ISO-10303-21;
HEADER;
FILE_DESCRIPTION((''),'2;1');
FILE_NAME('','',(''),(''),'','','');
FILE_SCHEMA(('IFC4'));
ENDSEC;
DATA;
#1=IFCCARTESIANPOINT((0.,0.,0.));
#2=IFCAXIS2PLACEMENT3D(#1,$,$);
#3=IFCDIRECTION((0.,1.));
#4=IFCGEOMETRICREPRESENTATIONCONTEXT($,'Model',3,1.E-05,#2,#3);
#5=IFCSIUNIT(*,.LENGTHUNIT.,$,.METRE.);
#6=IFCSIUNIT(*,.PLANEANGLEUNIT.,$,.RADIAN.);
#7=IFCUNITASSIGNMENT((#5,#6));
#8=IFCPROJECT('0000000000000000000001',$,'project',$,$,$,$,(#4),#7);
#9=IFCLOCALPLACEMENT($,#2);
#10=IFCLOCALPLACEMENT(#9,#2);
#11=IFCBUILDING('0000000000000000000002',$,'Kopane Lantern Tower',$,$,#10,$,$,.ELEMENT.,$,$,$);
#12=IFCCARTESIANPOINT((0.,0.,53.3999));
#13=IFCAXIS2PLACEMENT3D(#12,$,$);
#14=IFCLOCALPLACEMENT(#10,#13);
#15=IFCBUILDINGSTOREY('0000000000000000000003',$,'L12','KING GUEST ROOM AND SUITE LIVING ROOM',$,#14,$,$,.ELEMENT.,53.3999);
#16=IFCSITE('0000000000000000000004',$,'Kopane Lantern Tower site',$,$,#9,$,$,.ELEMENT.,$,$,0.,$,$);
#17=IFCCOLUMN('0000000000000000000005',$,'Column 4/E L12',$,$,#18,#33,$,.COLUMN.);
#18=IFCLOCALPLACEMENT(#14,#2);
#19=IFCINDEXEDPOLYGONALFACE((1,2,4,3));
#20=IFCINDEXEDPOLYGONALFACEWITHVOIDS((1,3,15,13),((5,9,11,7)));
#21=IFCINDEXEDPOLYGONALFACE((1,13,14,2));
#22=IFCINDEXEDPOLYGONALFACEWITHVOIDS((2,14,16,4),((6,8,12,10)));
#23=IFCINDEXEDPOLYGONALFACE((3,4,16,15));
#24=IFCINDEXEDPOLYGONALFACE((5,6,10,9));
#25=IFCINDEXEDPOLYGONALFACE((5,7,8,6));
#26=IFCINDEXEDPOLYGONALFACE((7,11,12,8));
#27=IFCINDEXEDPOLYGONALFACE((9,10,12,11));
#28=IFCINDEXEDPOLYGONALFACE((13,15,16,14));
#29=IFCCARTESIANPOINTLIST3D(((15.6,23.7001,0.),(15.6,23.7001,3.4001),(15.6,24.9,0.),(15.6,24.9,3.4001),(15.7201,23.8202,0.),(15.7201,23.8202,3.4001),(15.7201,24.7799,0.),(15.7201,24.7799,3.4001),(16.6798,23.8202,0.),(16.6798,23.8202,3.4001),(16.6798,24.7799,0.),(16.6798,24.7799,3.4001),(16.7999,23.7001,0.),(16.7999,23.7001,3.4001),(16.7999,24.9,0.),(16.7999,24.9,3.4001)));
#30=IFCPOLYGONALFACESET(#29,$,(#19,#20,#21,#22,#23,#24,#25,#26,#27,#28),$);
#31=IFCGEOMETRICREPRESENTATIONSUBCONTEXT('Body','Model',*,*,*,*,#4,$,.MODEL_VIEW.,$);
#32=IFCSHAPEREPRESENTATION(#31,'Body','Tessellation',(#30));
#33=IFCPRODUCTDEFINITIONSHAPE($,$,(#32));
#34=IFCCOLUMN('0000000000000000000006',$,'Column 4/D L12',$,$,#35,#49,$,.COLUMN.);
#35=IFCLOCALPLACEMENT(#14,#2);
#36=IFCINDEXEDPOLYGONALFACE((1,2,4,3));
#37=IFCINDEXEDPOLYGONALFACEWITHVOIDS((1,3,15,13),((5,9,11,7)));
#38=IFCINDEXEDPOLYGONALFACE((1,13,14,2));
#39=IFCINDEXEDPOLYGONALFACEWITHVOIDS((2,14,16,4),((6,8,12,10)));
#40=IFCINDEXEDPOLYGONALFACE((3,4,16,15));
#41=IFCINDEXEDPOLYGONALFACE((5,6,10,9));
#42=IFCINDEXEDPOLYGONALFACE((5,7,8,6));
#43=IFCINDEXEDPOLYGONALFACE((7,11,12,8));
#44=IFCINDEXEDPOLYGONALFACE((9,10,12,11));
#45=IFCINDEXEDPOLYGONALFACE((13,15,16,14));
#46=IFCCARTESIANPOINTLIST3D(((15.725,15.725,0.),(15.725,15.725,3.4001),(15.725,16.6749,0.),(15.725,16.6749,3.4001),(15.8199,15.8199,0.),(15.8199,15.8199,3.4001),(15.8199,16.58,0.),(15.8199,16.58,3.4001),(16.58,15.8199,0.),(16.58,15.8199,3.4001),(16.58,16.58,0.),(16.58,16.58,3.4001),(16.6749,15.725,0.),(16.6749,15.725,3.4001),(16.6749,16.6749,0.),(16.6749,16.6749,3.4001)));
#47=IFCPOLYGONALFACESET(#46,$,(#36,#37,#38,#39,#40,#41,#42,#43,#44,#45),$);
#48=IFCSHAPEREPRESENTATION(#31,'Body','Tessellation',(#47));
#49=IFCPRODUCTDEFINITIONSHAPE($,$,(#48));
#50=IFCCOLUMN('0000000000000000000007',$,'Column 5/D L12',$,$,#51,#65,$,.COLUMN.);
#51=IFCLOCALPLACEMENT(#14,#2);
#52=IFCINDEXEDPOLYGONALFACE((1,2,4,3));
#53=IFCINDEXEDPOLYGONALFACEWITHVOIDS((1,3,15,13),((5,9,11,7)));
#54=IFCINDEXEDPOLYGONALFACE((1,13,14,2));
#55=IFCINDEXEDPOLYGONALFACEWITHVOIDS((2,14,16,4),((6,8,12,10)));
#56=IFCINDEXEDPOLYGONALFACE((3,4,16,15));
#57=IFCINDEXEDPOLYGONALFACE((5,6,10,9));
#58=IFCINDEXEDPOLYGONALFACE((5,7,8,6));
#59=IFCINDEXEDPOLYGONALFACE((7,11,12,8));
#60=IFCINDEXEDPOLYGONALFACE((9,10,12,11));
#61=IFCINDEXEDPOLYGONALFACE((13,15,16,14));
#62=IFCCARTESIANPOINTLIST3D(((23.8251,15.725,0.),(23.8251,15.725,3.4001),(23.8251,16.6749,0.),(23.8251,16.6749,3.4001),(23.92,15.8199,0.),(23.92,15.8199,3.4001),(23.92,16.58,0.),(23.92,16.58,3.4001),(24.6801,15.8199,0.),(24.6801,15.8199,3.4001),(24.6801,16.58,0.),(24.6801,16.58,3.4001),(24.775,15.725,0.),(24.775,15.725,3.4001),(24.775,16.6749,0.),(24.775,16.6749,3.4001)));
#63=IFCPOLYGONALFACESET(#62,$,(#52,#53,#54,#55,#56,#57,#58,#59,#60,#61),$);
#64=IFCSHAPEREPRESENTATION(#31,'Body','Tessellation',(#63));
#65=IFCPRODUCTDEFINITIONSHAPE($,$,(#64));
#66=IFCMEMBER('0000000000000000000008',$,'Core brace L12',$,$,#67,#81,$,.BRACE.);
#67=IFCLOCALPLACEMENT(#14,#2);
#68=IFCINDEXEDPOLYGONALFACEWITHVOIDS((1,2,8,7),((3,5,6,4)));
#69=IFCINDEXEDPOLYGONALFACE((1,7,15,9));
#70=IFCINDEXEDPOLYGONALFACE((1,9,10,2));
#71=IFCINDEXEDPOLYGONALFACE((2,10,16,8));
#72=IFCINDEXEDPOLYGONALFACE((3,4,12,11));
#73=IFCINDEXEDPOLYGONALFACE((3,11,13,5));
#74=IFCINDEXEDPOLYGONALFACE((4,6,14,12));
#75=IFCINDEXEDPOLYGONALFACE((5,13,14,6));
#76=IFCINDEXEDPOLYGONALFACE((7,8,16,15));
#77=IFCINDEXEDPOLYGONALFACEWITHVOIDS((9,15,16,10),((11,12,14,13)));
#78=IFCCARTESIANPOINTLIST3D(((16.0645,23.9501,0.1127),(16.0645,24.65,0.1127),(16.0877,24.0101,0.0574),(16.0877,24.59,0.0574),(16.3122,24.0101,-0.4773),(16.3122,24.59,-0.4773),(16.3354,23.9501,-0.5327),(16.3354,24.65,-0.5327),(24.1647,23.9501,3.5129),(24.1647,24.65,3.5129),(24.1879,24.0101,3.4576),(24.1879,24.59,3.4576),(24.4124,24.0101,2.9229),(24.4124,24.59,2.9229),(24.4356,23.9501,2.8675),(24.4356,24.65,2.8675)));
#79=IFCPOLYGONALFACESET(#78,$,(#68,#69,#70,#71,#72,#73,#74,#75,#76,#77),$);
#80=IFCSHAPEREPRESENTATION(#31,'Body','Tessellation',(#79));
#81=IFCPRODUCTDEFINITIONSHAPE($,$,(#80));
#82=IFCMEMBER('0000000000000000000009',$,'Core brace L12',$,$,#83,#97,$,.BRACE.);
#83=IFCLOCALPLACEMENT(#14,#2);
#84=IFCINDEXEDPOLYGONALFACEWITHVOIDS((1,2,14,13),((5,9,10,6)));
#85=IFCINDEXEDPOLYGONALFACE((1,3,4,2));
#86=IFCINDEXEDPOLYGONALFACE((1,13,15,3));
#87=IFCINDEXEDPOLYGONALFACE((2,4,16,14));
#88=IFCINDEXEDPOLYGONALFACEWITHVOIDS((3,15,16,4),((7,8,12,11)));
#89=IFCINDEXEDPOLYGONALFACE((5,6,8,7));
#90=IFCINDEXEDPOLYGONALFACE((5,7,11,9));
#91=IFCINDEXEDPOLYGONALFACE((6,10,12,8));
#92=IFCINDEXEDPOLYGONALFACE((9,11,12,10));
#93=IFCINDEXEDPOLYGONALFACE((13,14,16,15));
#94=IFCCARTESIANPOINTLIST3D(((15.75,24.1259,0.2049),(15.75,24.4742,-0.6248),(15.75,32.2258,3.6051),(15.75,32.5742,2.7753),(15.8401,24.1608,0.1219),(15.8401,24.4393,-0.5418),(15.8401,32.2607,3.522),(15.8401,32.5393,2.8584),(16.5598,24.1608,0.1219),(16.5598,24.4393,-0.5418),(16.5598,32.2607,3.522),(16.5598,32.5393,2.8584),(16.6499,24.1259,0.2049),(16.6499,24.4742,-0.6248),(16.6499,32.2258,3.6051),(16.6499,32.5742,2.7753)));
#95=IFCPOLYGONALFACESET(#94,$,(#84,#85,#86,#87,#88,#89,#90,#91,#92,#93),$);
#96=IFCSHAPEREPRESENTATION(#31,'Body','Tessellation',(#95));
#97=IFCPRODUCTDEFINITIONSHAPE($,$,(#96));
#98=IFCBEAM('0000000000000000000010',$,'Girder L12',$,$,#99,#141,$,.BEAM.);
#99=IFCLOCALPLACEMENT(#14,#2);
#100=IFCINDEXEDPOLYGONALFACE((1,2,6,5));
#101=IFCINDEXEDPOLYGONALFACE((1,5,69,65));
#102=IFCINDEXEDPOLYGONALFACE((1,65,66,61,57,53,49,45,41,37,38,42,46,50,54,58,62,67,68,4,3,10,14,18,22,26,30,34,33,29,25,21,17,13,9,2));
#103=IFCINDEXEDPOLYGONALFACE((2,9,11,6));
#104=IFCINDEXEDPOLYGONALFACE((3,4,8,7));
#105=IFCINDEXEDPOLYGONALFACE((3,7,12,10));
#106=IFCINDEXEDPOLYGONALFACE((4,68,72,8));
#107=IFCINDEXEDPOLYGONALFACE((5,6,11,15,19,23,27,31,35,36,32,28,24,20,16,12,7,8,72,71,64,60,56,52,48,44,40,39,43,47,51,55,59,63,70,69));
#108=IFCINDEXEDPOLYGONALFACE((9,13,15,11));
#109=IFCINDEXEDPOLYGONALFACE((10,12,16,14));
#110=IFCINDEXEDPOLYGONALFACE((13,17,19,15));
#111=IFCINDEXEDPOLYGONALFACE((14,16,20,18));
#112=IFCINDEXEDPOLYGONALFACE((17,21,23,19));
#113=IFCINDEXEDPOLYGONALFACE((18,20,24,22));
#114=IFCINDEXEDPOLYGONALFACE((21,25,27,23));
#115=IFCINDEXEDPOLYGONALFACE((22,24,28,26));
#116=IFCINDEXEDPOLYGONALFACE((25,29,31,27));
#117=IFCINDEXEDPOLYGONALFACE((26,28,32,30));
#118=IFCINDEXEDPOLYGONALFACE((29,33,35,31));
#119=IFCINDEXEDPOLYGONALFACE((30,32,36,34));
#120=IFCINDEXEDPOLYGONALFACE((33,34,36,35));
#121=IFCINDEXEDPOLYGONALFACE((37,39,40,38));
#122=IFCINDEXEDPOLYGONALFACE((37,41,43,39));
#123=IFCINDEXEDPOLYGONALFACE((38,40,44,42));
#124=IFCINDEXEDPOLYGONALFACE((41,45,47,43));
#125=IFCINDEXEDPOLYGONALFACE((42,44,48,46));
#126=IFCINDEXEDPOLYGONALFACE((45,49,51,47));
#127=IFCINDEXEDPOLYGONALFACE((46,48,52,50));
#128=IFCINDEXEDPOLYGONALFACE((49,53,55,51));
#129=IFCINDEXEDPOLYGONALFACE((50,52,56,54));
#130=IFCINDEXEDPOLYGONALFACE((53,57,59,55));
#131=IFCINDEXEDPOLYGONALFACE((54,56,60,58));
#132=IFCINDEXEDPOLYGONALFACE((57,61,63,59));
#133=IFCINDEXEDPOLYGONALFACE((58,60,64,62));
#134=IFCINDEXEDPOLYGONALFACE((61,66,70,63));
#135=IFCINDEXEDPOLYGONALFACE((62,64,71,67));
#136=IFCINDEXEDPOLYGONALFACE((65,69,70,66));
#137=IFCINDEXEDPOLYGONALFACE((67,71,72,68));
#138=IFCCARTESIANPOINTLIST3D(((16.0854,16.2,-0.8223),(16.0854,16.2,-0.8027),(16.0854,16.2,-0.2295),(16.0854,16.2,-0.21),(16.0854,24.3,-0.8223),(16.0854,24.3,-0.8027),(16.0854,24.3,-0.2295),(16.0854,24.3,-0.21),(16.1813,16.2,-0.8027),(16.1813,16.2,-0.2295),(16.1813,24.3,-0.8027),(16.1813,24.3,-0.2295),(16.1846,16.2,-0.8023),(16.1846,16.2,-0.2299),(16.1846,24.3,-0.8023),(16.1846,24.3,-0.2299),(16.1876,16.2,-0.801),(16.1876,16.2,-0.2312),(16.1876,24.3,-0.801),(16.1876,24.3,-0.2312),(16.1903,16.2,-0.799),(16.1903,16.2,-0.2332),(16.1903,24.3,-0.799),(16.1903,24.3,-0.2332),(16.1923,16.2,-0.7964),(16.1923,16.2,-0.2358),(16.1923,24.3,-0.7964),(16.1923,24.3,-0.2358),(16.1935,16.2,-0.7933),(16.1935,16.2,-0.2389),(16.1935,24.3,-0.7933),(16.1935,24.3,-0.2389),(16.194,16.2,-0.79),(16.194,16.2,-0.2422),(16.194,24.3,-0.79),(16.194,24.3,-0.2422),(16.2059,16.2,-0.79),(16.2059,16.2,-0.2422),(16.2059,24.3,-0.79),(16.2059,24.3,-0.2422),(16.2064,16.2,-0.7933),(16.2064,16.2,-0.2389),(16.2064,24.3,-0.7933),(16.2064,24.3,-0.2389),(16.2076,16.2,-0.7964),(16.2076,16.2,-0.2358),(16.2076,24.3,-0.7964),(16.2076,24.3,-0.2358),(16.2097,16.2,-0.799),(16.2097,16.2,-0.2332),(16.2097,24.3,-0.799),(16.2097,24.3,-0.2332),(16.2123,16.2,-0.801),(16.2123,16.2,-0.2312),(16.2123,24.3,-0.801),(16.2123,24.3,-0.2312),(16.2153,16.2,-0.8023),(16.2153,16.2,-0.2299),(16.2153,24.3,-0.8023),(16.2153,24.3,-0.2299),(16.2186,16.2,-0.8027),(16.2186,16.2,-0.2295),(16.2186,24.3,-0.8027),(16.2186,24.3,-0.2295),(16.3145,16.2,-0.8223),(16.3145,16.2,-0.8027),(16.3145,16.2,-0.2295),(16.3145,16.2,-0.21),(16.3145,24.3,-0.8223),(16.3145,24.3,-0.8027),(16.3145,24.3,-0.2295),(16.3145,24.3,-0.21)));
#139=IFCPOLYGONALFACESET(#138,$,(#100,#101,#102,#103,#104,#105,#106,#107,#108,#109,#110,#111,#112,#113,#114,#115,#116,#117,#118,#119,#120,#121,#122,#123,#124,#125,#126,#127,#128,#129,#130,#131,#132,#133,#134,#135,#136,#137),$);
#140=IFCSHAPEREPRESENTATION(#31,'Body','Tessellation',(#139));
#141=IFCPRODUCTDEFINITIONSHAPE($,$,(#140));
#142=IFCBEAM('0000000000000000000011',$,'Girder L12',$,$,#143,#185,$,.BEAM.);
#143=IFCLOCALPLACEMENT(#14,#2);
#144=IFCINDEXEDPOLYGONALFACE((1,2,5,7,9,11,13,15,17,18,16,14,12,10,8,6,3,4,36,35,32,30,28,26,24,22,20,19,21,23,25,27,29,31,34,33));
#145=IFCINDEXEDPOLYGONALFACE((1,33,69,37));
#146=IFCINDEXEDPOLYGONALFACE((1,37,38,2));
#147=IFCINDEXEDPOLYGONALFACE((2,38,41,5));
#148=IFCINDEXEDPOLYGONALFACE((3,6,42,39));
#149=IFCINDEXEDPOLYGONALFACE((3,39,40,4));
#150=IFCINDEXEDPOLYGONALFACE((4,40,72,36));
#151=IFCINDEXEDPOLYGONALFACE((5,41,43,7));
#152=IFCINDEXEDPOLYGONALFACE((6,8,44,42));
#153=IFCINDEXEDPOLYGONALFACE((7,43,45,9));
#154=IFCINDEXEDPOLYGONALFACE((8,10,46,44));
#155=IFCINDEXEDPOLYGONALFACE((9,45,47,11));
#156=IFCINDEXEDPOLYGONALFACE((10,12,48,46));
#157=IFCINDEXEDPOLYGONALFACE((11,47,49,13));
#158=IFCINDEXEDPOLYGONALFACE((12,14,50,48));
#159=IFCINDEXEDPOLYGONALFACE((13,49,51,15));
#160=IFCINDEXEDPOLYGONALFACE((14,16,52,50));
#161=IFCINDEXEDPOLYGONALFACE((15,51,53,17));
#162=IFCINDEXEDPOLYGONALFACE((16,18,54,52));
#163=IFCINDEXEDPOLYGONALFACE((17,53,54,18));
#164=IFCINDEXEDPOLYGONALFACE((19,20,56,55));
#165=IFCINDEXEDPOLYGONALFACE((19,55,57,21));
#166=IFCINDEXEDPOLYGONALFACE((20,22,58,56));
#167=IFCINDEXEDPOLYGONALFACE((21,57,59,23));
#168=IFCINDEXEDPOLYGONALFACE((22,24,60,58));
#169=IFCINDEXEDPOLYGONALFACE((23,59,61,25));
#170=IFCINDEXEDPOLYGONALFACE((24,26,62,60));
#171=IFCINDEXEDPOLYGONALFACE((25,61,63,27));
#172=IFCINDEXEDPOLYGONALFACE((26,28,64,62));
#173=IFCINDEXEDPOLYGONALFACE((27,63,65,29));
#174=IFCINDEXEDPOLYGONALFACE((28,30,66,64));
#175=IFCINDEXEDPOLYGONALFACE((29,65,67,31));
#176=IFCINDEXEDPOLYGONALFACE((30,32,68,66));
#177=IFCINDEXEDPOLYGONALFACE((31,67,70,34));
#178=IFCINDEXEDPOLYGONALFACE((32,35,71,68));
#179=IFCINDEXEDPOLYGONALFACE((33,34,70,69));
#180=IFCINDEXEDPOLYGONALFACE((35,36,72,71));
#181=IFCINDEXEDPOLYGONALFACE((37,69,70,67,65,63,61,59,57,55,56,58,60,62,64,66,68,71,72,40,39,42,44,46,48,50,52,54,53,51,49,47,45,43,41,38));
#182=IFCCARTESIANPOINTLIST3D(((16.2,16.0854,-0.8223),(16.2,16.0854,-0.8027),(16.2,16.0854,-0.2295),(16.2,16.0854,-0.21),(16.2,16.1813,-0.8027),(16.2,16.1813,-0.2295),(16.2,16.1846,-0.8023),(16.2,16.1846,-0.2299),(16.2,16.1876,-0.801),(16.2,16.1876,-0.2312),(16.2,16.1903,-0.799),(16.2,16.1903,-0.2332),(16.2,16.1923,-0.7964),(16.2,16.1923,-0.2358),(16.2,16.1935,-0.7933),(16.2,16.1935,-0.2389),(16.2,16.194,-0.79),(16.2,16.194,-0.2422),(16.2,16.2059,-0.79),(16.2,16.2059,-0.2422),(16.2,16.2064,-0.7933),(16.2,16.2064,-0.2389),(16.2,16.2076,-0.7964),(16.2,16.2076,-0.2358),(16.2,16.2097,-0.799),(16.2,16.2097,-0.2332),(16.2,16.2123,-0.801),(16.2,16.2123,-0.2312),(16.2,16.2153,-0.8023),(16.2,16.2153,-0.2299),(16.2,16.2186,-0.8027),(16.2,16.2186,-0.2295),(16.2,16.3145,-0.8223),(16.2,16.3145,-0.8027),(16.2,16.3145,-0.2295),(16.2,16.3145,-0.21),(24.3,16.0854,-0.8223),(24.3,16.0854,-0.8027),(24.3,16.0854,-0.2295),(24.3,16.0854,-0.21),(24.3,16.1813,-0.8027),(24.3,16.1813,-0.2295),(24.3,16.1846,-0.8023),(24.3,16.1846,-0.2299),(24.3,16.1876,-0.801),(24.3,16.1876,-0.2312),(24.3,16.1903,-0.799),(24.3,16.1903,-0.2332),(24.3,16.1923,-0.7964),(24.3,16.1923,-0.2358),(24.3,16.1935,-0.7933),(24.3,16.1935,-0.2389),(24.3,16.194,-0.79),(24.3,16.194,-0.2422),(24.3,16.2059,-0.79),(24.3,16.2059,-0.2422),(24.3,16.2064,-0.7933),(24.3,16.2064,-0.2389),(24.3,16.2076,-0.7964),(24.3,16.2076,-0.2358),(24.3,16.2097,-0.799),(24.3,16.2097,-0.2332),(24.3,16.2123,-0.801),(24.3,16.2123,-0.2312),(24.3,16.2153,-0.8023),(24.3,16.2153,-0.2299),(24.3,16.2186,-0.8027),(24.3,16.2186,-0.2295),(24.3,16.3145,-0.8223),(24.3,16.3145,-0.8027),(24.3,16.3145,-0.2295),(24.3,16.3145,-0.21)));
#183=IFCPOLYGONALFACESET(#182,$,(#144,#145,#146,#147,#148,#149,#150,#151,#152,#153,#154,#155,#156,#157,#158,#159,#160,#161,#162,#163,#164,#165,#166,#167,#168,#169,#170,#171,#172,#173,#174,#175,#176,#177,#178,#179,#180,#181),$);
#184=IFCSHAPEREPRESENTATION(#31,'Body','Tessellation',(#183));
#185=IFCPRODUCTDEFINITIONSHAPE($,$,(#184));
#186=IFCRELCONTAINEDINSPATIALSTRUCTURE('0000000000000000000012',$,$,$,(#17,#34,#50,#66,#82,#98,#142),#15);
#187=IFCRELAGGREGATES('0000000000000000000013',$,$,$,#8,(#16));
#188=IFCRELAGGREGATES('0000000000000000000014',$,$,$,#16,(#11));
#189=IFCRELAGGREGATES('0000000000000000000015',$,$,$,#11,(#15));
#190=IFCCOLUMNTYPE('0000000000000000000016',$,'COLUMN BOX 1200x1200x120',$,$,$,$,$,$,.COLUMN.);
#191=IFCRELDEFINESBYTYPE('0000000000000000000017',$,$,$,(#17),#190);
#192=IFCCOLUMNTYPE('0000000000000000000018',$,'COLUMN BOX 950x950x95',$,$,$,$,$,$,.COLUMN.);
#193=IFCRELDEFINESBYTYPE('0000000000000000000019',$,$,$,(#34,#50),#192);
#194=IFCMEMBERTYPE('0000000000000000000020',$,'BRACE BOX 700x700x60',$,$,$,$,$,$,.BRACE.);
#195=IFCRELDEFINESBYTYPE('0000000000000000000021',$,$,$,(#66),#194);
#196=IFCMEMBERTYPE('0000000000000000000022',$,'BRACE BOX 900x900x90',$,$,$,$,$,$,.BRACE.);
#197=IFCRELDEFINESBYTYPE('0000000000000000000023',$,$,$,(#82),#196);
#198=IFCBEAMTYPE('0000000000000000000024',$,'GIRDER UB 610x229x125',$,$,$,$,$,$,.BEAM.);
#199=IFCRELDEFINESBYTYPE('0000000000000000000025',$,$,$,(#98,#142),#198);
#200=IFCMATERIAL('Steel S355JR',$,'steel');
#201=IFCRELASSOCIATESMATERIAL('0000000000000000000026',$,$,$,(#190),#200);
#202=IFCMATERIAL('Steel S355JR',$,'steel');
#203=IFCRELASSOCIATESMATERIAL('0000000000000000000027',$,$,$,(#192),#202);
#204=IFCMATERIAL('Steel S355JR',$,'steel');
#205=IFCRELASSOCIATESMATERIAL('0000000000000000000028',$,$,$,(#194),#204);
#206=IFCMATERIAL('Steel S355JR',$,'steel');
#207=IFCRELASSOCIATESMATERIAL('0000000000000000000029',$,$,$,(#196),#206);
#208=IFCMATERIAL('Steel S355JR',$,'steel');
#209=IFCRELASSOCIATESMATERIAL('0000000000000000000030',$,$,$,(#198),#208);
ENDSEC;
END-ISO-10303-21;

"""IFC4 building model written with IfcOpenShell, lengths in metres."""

from ifc_helpers import new_model, si_unit, direction, frame, origin, origin_2d, place, context, subcontext, project, spatial, hollow_rectangle, i_section, extrude, material, material_profile, profile_set, type_object, element, save


model = new_model("IFC4")

# Units and contexts
model_context = context("Model", 3, precision=1e-05, world=origin(), true_north=direction((0.0, 1.0)))
body_context = subcontext(model_context, "Body", "Model", "MODEL_VIEW")
ifc_project = project(units=[si_unit("LENGTHUNIT", "METRE"), si_unit("PLANEANGLEUNIT", "RADIAN")], contexts=[model_context])

# Site, building, storey
site_placement = place(None, origin())
site = spatial("IfcSite", under=ifc_project, at=site_placement, Name="Kopane Lantern Tower site", CompositionType="ELEMENT", RefElevation=0.0)
building_placement = place(site_placement, origin())
building = spatial("IfcBuilding", under=site, at=building_placement, Name="Kopane Lantern Tower", CompositionType="ELEMENT")
storey_placement = place(building_placement, frame((0.0, 0.0, 53.3999)))
storey = spatial("IfcBuildingStorey", under=building, at=storey_placement, Name="L12", Description="KING GUEST ROOM AND SUITE LIVING ROOM", CompositionType="ELEMENT", Elevation=53.3999)

# Columns
ifc_material_1 = material(Name="Steel S355JR", Category="steel")
ifc_material_profile_1 = material_profile(ifc_material_1, hollow_rectangle(XDim=1.2, YDim=1.2, WallThickness=0.1201, at=origin_2d()), Name="BOX 1200x1200x120")
ifc_profile_set_1 = profile_set([ifc_material_profile_1], Name="Steel S355JR")
column_type_1 = type_object("IfcColumnType", Name="COLUMN BOX 1200x1200x120", PredefinedType="COLUMN", material=ifc_profile_set_1)
column_placement = place(storey_placement, frame((16.2, 24.3, 0.0), z_axis=(0.0, 0.0, 1.0), x_axis=(1.0, 0.0, 0.0)))
element("IfcColumn", 1, at=column_placement, inside=storey, type_object=column_type_1, Name="Column 4/E L12", PredefinedType="COLUMN", context=body_context, shape_type="SweptSolid", body=[
    extrude(hollow_rectangle(XDim=1.2, YDim=1.2, WallThickness=0.1201, at=origin_2d()), origin(), (0.0, 0.0, 1.0), 3.4001),
])
ifc_material_2 = material(Name="Steel S355JR", Category="steel")
ifc_material_profile_2 = material_profile(ifc_material_2, hollow_rectangle(XDim=0.95, YDim=0.95, WallThickness=0.095, at=origin_2d()), Name="BOX 950x950x95")
ifc_profile_set_2 = profile_set([ifc_material_profile_2], Name="Steel S355JR")
column_type_2 = type_object("IfcColumnType", Name="COLUMN BOX 950x950x95", PredefinedType="COLUMN", material=ifc_profile_set_2)
for number, where, z_axis, x_axis, name in (
    (2, (16.2, 16.2, 0.0), (0.0, 0.0, 1.0), (1.0, 0.0, 0.0), "Column 4/D L12"),
    (3, (24.3, 16.2, 0.0), (0.0, 0.0, 1.0), (1.0, 0.0, 0.0), "Column 5/D L12"),
):
    element("IfcColumn", number, at=place(storey_placement, frame(where, z_axis=z_axis, x_axis=x_axis)), inside=storey, type_object=column_type_2, Name=name, PredefinedType="COLUMN", context=body_context, shape_type="SweptSolid", body=[
        extrude(hollow_rectangle(XDim=0.95, YDim=0.95, WallThickness=0.095, at=origin_2d()), origin(), (0.0, 0.0, 1.0), 3.4001),
    ])

# Members
ifc_material_3 = material(Name="Steel S355JR", Category="steel")
ifc_material_profile_3 = material_profile(ifc_material_3, hollow_rectangle(XDim=0.7, YDim=0.7, WallThickness=0.0601, at=origin_2d()), Name="BOX 700x700x60")
ifc_profile_set_3 = profile_set([ifc_material_profile_3], Name="Steel S355JR")
member_type_1 = type_object("IfcMemberType", Name="BRACE BOX 700x700x60", PredefinedType="BRACE", material=ifc_profile_set_3)
member_1_placement = place(storey_placement, frame((16.2, 24.3, -0.21), z_axis=(0.922059, 0.0, 0.387049), x_axis=(0.0, 1.0, 0.0)))
element("IfcMember", 4, at=member_1_placement, inside=storey, type_object=member_type_1, Name="Core brace L12", PredefinedType="BRACE", context=body_context, shape_type="SweptSolid", body=[
    extrude(hollow_rectangle(XDim=0.7, YDim=0.7, WallThickness=0.0601, at=origin_2d()), origin(), (0.0, 0.0, 1.0), 8.7849),
])
ifc_material_4 = material(Name="Steel S355JR", Category="steel")
ifc_material_profile_4 = material_profile(ifc_material_4, hollow_rectangle(XDim=0.8999, YDim=0.8999, WallThickness=0.0901, at=origin_2d()), Name="BOX 900x900x90")
ifc_profile_set_4 = profile_set([ifc_material_profile_4], Name="Steel S355JR")
member_type_2 = type_object("IfcMemberType", Name="BRACE BOX 900x900x90", PredefinedType="BRACE", material=ifc_profile_set_4)
member_2_placement = place(storey_placement, frame((16.2, 24.3, -0.21), z_axis=(0.0, 0.922055, 0.387059), x_axis=(-1.0, 0.0, 0.0)))
element("IfcMember", 5, at=member_2_placement, inside=storey, type_object=member_type_2, Name="Core brace L12", PredefinedType="BRACE", context=body_context, shape_type="SweptSolid", body=[
    extrude(hollow_rectangle(XDim=0.8999, YDim=0.8999, WallThickness=0.0901, at=origin_2d()), origin(), (0.0, 0.0, 1.0), 8.7847),
])

# Beams
ifc_material_5 = material(Name="Steel S355JR", Category="steel")
ifc_material_profile_5 = material_profile(ifc_material_5, i_section(OverallWidth=0.229, OverallDepth=0.6123, WebThickness=0.012, FlangeThickness=0.0195, FilletRadius=0.0127, at=origin_2d()), Name="UB 610x229x125")
ifc_profile_set_5 = profile_set([ifc_material_profile_5], Name="Steel S355JR")
beam_type = type_object("IfcBeamType", Name="GIRDER UB 610x229x125", PredefinedType="BEAM", material=ifc_profile_set_5)
for number, where, z_axis, x_axis, name in (
    (6, (16.2, 16.2, -0.5161), (0.0, 1.0, 0.0), (-1.0, 0.0, 0.0), "Girder L12"),
    (7, (16.2, 16.2, -0.5161), (1.0, 0.0, 0.0), (0.0, 1.0, 0.0), "Girder L12"),
):
    element("IfcBeam", number, at=place(storey_placement, frame(where, z_axis=z_axis, x_axis=x_axis)), inside=storey, type_object=beam_type, Name=name, PredefinedType="BEAM", context=body_context, shape_type="SweptSolid", body=[
        extrude(i_section(OverallWidth=0.229, OverallDepth=0.6123, WebThickness=0.012, FlangeThickness=0.0195, FilletRadius=0.0127, at=origin_2d()), origin(), (0.0, 0.0, 1.0), 8.1001),
    ])

save(model, "model.ifc")
